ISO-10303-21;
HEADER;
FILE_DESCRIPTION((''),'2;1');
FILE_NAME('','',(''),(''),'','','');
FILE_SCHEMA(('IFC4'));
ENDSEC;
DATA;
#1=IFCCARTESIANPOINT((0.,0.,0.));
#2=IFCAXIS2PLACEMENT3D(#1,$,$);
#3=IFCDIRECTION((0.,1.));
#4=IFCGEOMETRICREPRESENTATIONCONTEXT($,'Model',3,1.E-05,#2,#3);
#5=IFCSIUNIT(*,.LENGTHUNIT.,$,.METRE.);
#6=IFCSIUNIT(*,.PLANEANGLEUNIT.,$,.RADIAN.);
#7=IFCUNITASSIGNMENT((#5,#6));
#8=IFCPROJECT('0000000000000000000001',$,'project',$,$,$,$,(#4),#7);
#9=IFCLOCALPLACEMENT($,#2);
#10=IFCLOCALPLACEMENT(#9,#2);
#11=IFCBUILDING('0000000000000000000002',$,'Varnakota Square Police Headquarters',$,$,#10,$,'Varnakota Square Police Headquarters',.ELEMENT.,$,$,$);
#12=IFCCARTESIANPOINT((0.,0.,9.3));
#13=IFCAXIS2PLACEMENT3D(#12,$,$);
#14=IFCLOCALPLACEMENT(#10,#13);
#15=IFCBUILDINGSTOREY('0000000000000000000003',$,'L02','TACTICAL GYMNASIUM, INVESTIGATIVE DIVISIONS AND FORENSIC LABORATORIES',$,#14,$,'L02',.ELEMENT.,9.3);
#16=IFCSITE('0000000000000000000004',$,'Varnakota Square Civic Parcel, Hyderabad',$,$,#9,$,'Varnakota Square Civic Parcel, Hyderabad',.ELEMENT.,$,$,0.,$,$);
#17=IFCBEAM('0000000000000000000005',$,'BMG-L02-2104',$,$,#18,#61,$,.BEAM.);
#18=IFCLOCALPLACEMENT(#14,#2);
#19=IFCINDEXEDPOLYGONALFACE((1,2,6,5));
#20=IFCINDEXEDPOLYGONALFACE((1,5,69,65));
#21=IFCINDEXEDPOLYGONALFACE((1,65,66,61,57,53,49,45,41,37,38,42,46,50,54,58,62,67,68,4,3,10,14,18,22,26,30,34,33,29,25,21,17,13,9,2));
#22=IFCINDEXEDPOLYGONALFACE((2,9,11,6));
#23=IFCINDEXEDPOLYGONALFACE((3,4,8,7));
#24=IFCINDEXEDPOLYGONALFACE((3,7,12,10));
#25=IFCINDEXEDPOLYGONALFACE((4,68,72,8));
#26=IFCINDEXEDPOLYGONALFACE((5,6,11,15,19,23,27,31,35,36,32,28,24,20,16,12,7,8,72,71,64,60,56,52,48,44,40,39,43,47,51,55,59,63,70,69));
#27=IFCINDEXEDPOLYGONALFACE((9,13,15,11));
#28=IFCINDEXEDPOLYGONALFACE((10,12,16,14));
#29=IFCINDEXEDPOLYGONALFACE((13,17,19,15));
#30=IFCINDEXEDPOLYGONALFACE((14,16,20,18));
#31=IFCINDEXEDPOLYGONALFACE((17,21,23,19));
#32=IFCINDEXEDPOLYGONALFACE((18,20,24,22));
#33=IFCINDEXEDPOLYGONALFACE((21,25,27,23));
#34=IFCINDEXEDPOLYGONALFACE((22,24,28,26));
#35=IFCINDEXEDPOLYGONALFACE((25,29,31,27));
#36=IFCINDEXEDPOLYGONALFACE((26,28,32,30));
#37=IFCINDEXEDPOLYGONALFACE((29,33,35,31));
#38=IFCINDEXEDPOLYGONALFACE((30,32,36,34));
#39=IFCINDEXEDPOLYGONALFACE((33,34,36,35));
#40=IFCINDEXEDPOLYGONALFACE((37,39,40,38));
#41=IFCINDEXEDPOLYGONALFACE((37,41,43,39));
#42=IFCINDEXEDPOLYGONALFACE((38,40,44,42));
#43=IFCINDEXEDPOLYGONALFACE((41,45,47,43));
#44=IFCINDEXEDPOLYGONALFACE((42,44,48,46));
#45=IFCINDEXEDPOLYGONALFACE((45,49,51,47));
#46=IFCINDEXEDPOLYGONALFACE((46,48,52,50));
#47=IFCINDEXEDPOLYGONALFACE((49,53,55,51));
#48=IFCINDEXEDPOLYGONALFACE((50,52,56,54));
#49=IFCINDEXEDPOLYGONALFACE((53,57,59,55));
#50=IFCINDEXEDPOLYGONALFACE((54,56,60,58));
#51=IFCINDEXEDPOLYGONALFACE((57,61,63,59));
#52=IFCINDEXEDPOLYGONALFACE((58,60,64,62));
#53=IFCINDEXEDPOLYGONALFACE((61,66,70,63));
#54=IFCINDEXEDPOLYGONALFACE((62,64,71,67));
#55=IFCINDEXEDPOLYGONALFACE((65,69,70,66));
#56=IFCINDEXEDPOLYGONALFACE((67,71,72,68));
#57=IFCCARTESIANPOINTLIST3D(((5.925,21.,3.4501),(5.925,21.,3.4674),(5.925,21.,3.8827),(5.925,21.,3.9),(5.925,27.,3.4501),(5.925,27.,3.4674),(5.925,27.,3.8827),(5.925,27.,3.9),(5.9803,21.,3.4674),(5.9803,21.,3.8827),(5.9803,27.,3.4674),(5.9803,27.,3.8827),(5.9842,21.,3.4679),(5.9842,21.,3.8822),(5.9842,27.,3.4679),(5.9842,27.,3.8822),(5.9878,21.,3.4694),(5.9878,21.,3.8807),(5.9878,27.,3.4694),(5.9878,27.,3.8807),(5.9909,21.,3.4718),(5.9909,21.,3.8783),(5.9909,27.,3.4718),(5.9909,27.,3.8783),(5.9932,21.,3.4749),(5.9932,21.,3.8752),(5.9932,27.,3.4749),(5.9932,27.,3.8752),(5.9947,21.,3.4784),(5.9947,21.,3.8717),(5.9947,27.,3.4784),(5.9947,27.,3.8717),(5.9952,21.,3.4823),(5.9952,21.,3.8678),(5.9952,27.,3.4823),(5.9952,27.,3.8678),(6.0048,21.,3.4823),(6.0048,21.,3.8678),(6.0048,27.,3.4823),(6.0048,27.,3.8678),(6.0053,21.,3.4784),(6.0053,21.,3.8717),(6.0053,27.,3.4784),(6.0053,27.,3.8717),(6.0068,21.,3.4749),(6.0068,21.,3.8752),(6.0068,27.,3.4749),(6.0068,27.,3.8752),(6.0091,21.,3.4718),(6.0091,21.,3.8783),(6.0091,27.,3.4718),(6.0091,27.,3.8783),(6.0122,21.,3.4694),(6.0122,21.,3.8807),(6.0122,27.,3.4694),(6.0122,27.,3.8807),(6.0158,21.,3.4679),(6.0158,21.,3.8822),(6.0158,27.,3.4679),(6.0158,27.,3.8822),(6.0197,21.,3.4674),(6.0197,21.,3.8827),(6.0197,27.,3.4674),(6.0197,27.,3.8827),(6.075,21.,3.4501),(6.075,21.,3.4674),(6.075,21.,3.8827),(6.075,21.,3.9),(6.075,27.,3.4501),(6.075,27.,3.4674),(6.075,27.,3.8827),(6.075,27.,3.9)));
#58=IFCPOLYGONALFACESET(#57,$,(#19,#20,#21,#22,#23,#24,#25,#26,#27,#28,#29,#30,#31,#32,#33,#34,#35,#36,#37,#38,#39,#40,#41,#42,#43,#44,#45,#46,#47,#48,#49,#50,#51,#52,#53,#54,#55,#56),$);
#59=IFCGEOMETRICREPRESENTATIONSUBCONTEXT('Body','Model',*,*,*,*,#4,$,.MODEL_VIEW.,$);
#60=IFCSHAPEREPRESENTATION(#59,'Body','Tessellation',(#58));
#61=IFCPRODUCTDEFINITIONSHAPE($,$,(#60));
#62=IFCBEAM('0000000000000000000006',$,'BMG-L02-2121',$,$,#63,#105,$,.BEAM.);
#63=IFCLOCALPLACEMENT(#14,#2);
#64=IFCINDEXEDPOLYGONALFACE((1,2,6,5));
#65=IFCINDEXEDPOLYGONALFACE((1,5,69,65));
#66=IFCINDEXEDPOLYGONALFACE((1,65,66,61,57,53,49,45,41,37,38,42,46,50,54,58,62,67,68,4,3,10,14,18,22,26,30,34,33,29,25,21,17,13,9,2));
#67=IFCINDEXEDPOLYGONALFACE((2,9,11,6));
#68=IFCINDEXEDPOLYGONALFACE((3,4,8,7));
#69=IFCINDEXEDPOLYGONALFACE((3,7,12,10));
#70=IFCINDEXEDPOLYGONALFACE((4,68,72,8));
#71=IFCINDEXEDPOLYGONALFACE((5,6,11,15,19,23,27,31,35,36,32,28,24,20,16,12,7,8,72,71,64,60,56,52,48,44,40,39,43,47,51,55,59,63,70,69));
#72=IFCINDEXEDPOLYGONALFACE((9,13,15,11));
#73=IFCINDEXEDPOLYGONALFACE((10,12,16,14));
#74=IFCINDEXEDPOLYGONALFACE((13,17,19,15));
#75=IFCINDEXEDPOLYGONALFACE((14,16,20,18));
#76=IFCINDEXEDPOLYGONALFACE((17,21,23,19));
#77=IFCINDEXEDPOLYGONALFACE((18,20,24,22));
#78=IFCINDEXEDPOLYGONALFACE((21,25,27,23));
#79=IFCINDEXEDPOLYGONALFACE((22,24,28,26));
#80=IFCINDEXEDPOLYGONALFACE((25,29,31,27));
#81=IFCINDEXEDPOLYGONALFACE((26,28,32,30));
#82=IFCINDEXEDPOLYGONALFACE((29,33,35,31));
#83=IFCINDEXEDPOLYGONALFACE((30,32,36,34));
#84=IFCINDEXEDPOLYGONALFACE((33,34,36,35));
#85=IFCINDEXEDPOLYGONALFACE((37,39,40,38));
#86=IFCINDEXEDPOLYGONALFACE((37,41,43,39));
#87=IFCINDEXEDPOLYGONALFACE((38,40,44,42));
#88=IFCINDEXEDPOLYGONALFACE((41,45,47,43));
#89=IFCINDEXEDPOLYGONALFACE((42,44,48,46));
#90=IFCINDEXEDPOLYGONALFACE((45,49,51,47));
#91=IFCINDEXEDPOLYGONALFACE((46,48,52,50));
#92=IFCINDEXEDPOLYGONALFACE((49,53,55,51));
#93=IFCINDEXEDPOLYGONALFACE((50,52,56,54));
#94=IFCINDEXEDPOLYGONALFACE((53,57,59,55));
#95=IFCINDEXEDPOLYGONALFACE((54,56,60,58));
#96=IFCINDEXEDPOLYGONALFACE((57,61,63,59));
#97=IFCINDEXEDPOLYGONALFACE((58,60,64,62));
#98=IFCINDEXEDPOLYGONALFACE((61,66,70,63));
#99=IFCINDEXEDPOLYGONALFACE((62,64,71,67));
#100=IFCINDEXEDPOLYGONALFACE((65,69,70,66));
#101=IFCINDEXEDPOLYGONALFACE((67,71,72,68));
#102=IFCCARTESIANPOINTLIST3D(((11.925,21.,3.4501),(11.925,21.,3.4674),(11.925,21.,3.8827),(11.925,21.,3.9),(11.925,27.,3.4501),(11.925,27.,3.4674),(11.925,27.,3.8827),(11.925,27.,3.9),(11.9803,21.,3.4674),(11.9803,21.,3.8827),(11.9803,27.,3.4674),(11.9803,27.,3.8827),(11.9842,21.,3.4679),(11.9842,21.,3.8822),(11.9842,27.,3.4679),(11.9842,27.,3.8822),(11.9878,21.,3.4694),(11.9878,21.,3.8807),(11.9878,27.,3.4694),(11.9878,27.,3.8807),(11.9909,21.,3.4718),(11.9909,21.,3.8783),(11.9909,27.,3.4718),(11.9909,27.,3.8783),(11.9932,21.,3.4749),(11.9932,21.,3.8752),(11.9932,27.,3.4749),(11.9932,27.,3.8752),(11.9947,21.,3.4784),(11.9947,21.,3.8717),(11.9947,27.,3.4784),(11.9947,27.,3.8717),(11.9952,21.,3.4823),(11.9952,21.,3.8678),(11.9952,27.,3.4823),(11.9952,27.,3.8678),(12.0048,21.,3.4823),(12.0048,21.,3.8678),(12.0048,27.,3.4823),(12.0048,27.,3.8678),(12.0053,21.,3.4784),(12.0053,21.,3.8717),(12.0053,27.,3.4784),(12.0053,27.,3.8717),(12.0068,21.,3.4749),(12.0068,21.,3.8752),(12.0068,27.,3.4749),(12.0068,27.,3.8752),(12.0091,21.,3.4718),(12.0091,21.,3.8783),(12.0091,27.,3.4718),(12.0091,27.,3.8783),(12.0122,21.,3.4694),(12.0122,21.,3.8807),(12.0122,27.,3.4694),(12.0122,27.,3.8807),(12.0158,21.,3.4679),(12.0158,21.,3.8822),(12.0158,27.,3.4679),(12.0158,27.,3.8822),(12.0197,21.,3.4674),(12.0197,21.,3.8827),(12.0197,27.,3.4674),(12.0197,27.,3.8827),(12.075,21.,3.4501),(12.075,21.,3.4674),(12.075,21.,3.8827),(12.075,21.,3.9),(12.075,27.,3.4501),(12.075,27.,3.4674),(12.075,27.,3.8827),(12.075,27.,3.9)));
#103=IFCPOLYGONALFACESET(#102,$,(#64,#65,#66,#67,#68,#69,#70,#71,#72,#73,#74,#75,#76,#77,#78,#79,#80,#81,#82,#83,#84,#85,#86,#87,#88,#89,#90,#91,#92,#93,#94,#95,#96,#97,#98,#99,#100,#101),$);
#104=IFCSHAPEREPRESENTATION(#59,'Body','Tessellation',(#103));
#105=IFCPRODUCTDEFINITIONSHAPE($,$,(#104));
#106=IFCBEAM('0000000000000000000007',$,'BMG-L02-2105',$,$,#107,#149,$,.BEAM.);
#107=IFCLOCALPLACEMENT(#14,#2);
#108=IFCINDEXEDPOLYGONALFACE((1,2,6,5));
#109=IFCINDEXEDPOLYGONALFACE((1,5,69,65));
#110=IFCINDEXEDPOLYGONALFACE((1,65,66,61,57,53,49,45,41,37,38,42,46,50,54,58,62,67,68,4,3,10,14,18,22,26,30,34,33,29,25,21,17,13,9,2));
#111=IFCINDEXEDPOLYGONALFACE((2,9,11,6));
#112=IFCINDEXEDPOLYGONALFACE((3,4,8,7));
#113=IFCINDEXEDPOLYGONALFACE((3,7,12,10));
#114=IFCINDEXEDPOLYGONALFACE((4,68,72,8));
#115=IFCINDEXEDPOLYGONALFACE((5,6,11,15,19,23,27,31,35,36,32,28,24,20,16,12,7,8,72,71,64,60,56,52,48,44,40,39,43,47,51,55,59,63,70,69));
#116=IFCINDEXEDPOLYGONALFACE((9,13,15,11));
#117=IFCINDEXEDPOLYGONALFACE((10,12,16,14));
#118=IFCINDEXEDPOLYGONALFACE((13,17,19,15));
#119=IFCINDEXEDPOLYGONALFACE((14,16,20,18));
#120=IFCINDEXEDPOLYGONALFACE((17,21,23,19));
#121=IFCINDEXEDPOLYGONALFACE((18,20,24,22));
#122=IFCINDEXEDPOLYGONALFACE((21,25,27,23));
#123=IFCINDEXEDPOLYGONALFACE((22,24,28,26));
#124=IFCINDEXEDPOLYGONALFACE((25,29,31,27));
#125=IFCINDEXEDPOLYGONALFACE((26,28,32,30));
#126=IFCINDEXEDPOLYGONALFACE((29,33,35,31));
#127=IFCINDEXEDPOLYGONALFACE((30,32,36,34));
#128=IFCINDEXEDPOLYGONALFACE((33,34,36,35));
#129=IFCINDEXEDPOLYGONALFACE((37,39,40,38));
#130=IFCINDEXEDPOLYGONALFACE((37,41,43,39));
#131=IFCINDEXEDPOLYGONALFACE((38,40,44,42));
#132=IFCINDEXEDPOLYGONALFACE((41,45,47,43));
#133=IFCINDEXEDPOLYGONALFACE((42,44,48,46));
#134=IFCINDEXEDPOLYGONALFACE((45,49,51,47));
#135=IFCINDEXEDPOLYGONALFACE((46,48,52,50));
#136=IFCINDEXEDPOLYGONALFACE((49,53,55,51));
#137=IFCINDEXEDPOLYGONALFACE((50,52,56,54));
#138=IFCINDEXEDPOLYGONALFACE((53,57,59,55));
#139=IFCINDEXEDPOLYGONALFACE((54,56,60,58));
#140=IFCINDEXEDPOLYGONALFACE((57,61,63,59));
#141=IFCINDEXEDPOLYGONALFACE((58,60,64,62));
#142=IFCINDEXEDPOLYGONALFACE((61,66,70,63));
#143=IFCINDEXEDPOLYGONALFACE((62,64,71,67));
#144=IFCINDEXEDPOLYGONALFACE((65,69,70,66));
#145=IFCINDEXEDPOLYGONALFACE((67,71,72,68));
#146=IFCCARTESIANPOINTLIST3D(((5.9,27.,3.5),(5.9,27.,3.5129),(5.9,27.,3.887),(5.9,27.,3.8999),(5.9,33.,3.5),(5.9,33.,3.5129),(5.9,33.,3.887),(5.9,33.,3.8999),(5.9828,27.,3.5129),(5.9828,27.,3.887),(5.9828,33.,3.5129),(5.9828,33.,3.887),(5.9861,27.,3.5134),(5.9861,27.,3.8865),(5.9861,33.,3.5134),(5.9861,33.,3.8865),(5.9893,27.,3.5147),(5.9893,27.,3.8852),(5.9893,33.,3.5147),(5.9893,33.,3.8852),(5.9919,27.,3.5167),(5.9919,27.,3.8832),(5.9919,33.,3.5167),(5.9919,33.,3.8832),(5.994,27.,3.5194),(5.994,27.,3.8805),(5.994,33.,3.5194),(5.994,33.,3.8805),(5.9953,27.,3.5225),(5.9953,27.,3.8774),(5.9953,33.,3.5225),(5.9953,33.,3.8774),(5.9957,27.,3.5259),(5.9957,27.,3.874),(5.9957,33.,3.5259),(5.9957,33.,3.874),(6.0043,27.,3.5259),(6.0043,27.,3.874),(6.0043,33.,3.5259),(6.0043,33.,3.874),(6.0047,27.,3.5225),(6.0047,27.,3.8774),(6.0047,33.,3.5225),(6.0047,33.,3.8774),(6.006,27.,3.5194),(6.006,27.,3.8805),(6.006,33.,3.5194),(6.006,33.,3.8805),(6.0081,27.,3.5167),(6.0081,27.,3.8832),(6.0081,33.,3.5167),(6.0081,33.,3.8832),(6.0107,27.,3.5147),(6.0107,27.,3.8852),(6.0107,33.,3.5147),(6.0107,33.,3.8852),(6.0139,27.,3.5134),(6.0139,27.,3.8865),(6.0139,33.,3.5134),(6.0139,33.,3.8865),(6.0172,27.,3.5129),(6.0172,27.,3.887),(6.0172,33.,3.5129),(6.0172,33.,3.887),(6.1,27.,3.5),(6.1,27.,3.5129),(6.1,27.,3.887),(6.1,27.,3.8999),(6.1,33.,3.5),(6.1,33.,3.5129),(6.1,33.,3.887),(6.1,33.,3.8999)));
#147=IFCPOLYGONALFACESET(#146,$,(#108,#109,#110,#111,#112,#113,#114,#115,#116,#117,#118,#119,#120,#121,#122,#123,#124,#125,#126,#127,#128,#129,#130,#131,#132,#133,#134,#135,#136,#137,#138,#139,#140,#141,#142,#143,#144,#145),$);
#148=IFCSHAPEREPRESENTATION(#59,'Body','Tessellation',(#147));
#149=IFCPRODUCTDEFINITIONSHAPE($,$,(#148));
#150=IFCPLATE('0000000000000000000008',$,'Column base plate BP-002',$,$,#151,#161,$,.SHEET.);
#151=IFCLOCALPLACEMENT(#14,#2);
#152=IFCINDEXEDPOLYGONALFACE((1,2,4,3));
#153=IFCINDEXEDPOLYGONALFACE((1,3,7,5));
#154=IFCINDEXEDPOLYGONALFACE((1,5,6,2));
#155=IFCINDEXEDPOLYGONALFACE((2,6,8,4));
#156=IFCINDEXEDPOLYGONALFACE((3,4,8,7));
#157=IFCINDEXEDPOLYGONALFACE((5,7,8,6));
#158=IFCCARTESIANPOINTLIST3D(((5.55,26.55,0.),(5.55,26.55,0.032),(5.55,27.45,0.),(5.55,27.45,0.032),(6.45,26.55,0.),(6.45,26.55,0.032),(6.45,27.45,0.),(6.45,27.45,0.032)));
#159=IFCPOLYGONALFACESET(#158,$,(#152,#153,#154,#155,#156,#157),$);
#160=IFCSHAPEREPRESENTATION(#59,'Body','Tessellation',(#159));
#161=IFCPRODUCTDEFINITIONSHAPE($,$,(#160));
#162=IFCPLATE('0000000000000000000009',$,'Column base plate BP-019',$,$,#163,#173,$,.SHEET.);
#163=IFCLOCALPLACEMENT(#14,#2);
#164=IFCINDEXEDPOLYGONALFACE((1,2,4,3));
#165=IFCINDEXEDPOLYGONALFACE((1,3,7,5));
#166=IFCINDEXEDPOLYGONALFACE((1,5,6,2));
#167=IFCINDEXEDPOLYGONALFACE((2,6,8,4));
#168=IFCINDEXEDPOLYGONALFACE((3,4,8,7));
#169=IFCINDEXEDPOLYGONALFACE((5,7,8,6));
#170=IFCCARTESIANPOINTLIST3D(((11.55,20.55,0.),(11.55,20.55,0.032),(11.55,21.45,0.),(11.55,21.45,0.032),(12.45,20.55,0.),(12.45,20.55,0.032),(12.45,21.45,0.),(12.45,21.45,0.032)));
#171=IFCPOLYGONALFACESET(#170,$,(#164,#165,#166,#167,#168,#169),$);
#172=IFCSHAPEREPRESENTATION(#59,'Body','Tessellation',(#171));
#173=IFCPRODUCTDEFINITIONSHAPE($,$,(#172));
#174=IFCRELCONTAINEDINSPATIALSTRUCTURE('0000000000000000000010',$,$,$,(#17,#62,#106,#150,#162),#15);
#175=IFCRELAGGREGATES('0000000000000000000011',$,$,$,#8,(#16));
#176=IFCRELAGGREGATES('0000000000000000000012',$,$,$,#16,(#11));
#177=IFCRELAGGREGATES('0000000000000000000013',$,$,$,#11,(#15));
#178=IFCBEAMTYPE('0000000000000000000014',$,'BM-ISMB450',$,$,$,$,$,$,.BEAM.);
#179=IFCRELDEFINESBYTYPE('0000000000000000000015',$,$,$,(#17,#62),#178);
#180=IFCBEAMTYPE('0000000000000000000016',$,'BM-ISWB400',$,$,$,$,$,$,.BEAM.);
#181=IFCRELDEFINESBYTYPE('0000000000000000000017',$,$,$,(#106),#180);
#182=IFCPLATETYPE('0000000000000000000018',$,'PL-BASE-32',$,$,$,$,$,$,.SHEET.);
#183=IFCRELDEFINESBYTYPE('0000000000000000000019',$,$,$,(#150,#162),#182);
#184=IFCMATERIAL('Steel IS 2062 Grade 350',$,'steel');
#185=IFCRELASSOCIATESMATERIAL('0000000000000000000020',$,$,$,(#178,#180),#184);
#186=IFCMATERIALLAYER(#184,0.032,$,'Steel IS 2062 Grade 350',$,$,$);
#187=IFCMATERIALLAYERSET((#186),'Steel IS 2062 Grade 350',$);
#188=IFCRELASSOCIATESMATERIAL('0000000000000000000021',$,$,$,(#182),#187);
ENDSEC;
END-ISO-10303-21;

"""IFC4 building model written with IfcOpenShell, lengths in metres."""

from ifc_helpers import new_model, si_unit, direction, frame, origin, origin_2d, place, context, subcontext, project, spatial, rectangle, i_section, extrude, material, layer, layer_set, material_profile, profile_set, type_object, element, save


model = new_model("IFC4")

# Units and contexts
model_context = context("Model", 3, precision=1e-05, world=origin(), true_north=direction((0.0, 1.0)))
body_context = subcontext(model_context, "Body", "Model", "MODEL_VIEW")
ifc_project = project(units=[si_unit("LENGTHUNIT", "METRE"), si_unit("PLANEANGLEUNIT", "RADIAN")], contexts=[model_context])

# Site, building, storey
site_placement = place(None, origin())
site = spatial("IfcSite", under=ifc_project, at=site_placement, Name="Varnakota Square Civic Parcel, Hyderabad", LongName="Varnakota Square Civic Parcel, Hyderabad", CompositionType="ELEMENT", RefElevation=0.0)
building_placement = place(site_placement, origin())
building = spatial("IfcBuilding", under=site, at=building_placement, Name="Varnakota Square Police Headquarters", LongName="Varnakota Square Police Headquarters", CompositionType="ELEMENT")
storey_placement = place(building_placement, frame((0.0, 0.0, 9.3)))
storey = spatial("IfcBuildingStorey", under=building, at=storey_placement, Name="L02", Description="TACTICAL GYMNASIUM, INVESTIGATIVE DIVISIONS AND FORENSIC LABORATORIES", LongName="L02", CompositionType="ELEMENT", Elevation=9.3)

# Shared definitions
ifc_material_1 = material(Name="Steel IS 2062 Grade 350", Category="steel")

# Beams
ifc_material_profile_1 = material_profile(ifc_material_1, i_section(OverallWidth=0.1499, OverallDepth=0.45, WebThickness=0.0095, FlangeThickness=0.0173, FilletRadius=0.0149, at=origin_2d()), Name="ISMB 450")
ifc_profile_set_1 = profile_set([ifc_material_profile_1], Name="Steel IS 2062 Grade 350")
beam_type_1 = type_object("IfcBeamType", Name="BM-ISMB450", PredefinedType="BEAM", material=ifc_profile_set_1)
for number, where, z_axis, x_axis, name in (
    (1, (6.0, 21.0, 3.675), (0.0, 1.0, 0.0), (-1.0, 0.0, 0.0), "BMG-L02-2104"),
    (2, (12.0, 21.0, 3.675), (0.0, 1.0, 0.0), (-1.0, 0.0, 0.0), "BMG-L02-2121"),
):
    element("IfcBeam", number, at=place(storey_placement, frame(where, z_axis=z_axis, x_axis=x_axis)), inside=storey, type_object=beam_type_1, Name=name, PredefinedType="BEAM", context=body_context, shape_type="SweptSolid", body=[
        extrude(i_section(OverallWidth=0.1499, OverallDepth=0.45, WebThickness=0.0095, FlangeThickness=0.0173, FilletRadius=0.0149, at=origin_2d()), origin(), (0.0, 0.0, 1.0), 6.0),
    ])
ifc_material_profile_2 = material_profile(ifc_material_1, i_section(OverallWidth=0.2, OverallDepth=0.3999, WebThickness=0.0085, FlangeThickness=0.0129, FilletRadius=0.0129, at=origin_2d()), Name="ISWB 400")
ifc_profile_set_2 = profile_set([ifc_material_profile_2], Name="Steel IS 2062 Grade 350")
beam_type_2 = type_object("IfcBeamType", Name="BM-ISWB400", PredefinedType="BEAM", material=ifc_profile_set_2)
beam_1_placement = place(storey_placement, frame((6.0, 27.0, 3.7), z_axis=(0.0, 1.0, 0.0), x_axis=(-1.0, 0.0, 0.0)))
element("IfcBeam", 3, at=beam_1_placement, inside=storey, type_object=beam_type_2, Name="BMG-L02-2105", PredefinedType="BEAM", context=body_context, shape_type="SweptSolid", body=[
    extrude(i_section(OverallWidth=0.2, OverallDepth=0.3999, WebThickness=0.0085, FlangeThickness=0.0129, FilletRadius=0.0129, at=origin_2d()), origin(), (0.0, 0.0, 1.0), 6.0),
])

# Plates
ifc_layer_1 = layer(ifc_material_1, 0.032, Name="Steel IS 2062 Grade 350")
ifc_layer_set_1 = layer_set([ifc_layer_1], Name="Steel IS 2062 Grade 350")
plate_type = type_object("IfcPlateType", Name="PL-BASE-32", PredefinedType="SHEET", material=ifc_layer_set_1)
for number, where, z_axis, x_axis, name in (
    (4, (6.0, 27.0, 0.0), (0.0, 0.0, 1.0), (1.0, 0.0, 0.0), "Column base plate BP-002"),
    (5, (12.0, 21.0, 0.0), (0.0, 0.0, 1.0), (1.0, 0.0, 0.0), "Column base plate BP-019"),
):
    element("IfcPlate", number, at=place(storey_placement, frame(where, z_axis=z_axis, x_axis=x_axis)), inside=storey, type_object=plate_type, Name=name, PredefinedType="SHEET", context=body_context, shape_type="SweptSolid", body=[
        extrude(rectangle(XDim=0.8999, YDim=0.8999, at=origin_2d()), origin(), (0.0, 0.0, 1.0), 0.032),
    ])

save(model, "model.ifc")
